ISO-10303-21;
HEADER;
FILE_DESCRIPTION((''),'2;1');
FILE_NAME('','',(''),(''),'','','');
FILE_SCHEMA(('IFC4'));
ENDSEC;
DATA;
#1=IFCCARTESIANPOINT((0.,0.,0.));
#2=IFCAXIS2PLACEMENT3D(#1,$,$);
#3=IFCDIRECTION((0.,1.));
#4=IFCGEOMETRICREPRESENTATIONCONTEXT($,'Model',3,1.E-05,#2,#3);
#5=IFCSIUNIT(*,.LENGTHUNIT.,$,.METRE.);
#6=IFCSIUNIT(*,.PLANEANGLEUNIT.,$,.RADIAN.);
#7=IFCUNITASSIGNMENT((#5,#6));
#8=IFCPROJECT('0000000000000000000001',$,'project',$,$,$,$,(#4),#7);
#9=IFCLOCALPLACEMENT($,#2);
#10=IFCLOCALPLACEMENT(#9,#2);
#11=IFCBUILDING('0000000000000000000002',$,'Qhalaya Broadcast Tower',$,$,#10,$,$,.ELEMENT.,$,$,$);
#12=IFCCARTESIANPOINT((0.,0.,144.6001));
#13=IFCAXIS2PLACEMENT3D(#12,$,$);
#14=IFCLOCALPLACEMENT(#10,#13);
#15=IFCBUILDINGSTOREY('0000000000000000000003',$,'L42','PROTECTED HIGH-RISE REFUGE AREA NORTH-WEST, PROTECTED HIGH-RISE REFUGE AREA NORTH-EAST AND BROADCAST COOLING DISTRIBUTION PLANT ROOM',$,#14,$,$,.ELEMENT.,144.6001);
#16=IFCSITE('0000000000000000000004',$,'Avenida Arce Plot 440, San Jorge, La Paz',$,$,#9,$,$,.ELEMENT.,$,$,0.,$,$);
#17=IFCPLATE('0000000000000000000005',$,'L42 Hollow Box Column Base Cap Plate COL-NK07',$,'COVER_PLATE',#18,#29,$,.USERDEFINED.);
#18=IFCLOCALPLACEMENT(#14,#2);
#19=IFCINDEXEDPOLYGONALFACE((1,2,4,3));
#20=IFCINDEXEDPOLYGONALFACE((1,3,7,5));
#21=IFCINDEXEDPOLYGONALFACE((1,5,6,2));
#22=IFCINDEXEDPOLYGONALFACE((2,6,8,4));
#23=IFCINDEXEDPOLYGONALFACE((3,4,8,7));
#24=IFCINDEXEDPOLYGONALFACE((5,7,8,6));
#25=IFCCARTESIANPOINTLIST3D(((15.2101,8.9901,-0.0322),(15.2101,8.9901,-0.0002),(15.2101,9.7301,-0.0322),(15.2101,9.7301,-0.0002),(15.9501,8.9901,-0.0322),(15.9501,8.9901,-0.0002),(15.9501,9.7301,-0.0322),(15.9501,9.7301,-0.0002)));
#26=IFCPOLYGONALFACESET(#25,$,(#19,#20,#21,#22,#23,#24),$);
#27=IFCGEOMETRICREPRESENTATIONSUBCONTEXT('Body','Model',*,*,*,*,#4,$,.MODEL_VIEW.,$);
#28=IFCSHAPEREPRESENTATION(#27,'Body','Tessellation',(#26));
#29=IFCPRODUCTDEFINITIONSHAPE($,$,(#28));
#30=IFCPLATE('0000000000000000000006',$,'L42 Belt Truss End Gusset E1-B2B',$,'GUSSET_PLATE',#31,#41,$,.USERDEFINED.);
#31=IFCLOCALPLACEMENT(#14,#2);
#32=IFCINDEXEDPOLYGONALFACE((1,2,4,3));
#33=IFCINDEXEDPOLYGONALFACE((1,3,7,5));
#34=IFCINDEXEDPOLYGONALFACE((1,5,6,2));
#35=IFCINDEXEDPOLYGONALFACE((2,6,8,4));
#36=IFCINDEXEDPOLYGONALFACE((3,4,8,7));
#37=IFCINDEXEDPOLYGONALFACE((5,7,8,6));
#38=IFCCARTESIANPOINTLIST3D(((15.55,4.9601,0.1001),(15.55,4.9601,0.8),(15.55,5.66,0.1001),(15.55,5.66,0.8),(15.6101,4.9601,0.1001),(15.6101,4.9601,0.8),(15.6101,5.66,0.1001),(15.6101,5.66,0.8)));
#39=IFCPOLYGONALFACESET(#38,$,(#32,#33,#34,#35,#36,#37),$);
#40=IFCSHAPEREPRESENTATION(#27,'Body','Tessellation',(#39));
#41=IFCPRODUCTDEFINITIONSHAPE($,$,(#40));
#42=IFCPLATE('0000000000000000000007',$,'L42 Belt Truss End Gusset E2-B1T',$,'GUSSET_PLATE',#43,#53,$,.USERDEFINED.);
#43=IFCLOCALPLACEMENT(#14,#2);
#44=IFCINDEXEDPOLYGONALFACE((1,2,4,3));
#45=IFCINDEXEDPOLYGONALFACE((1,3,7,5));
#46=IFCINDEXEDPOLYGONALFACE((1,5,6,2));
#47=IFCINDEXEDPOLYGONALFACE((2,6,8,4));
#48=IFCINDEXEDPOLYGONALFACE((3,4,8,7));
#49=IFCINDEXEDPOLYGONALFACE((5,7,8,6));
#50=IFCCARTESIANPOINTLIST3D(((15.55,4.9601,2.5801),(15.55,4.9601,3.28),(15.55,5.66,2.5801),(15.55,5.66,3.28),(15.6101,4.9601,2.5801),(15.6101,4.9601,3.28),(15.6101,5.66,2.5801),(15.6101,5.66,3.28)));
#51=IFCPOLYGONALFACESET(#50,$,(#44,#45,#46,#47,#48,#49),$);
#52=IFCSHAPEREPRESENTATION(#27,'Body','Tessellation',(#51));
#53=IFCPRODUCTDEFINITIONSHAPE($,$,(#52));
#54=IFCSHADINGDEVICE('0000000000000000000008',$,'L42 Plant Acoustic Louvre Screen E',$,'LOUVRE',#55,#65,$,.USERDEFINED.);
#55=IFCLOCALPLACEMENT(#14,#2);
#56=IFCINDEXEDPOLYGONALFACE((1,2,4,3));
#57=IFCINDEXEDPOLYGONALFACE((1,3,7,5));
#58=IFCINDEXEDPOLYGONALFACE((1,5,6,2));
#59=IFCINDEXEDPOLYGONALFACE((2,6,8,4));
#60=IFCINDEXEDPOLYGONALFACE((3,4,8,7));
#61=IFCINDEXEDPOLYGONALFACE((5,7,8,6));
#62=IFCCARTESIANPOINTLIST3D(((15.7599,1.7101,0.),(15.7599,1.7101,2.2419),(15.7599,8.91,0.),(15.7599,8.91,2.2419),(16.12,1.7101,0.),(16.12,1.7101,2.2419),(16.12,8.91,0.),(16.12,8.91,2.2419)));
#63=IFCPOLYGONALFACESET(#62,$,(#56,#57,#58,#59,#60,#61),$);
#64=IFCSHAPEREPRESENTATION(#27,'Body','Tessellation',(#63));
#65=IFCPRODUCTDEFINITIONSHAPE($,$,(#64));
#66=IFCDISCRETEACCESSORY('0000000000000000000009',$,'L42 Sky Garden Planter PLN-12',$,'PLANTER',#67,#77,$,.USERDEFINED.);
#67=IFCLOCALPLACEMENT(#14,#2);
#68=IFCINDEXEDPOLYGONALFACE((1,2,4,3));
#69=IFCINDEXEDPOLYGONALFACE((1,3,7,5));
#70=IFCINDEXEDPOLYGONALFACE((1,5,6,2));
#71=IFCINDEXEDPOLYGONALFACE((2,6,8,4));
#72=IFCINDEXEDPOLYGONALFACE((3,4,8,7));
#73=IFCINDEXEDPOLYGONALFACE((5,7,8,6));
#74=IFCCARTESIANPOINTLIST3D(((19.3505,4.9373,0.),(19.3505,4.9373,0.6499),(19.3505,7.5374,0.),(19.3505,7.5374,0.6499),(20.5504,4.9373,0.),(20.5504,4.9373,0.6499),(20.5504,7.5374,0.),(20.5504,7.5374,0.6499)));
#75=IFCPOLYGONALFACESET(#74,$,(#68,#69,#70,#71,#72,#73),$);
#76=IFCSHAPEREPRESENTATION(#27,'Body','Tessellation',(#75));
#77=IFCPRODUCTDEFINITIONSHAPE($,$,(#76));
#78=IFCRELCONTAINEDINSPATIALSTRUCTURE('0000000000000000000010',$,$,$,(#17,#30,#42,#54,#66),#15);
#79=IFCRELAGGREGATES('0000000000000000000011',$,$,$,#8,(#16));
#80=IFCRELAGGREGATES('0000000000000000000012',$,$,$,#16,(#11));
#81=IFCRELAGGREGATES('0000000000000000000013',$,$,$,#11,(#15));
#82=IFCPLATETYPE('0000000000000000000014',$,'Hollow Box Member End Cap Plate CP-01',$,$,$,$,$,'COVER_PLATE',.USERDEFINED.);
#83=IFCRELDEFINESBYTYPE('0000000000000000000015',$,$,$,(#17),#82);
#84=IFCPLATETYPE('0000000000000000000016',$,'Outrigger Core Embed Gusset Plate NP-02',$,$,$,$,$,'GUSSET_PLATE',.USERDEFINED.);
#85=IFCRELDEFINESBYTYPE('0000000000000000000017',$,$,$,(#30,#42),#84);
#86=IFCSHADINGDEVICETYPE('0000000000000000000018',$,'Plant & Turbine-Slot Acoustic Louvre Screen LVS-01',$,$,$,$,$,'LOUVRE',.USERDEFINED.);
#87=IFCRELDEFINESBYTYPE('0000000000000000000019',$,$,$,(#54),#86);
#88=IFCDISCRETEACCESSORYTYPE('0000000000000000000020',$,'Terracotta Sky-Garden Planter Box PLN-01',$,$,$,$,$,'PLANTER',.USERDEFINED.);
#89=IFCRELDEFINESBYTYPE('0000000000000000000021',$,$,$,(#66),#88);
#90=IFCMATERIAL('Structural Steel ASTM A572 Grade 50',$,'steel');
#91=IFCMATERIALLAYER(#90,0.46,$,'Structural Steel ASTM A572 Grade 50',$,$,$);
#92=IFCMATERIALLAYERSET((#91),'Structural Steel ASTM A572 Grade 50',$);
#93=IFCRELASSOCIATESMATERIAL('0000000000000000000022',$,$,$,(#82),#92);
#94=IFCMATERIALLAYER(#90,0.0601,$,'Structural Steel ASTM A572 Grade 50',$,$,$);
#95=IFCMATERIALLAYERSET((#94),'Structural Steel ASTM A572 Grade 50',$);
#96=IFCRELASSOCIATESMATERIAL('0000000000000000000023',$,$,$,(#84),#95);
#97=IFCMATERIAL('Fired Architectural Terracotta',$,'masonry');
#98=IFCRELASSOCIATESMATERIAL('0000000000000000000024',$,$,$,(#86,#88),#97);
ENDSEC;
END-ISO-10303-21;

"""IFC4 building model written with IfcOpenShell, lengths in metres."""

from ifc_helpers import new_model, si_unit, direction, frame, origin, origin_2d, place, context, subcontext, project, spatial, rectangle, extrude, material, layer, layer_set, type_object, element, save


model = new_model("IFC4")

# Units and contexts
model_context = context("Model", 3, precision=1e-05, world=origin(), true_north=direction((0.0, 1.0)))
body_context = subcontext(model_context, "Body", "Model", "MODEL_VIEW")
ifc_project = project(units=[si_unit("LENGTHUNIT", "METRE"), si_unit("PLANEANGLEUNIT", "RADIAN")], contexts=[model_context])

# Site, building, storey
site_placement = place(None, origin())
site = spatial("IfcSite", under=ifc_project, at=site_placement, Name="Avenida Arce Plot 440, San Jorge, La Paz", CompositionType="ELEMENT", RefElevation=0.0)
building_placement = place(site_placement, origin())
building = spatial("IfcBuilding", under=site, at=building_placement, Name="Qhalaya Broadcast Tower", CompositionType="ELEMENT")
storey_placement = place(building_placement, frame((0.0, 0.0, 144.6001)))
storey = spatial("IfcBuildingStorey", under=building, at=storey_placement, Name="L42", Description="PROTECTED HIGH-RISE REFUGE AREA NORTH-WEST, PROTECTED HIGH-RISE REFUGE AREA NORTH-EAST AND BROADCAST COOLING DISTRIBUTION PLANT ROOM", CompositionType="ELEMENT", Elevation=144.6001)

# Shared definitions
ifc_material_1 = material(Name="Structural Steel ASTM A572 Grade 50", Category="steel")

# Plates
ifc_layer_1 = layer(ifc_material_1, 0.46, Name="Structural Steel ASTM A572 Grade 50")
ifc_layer_set_1 = layer_set([ifc_layer_1], Name="Structural Steel ASTM A572 Grade 50")
plate_type_1 = type_object("IfcPlateType", Name="Hollow Box Member End Cap Plate CP-01", ElementType="COVER_PLATE", PredefinedType="USERDEFINED", material=ifc_layer_set_1)
plate_1_placement = place(storey_placement, frame((15.5801, 9.3601, -0.0322), z_axis=(0.0, 0.0, 1.0), x_axis=(0.0, 1.0, 0.0)))
element("IfcPlate", 1, at=plate_1_placement, inside=storey, type_object=plate_type_1, Name="L42 Hollow Box Column Base Cap Plate COL-NK07", ObjectType="COVER_PLATE", PredefinedType="USERDEFINED", context=body_context, shape_type="SweptSolid", body=[
    extrude(rectangle(XDim=0.74, YDim=0.74, at=origin_2d()), origin(), (0.0, 0.0, 1.0), 0.032),
])
ifc_layer_2 = layer(ifc_material_1, 0.0601, Name="Structural Steel ASTM A572 Grade 50")
ifc_layer_set_2 = layer_set([ifc_layer_2], Name="Structural Steel ASTM A572 Grade 50")
plate_type_2 = type_object("IfcPlateType", Name="Outrigger Core Embed Gusset Plate NP-02", ElementType="GUSSET_PLATE", PredefinedType="USERDEFINED", material=ifc_layer_set_2)
for number, where, z_axis, x_axis, name in (
    (2, (15.5801, 5.3101, 0.1001), (0.0, 0.0, 1.0), (0.0, 1.0, 0.0), "L42 Belt Truss End Gusset E1-B2B"),
    (3, (15.5801, 5.3101, 2.5801), (0.0, 0.0, 1.0), (0.0, 1.0, 0.0), "L42 Belt Truss End Gusset E2-B1T"),
):
    element("IfcPlate", number, at=place(storey_placement, frame(where, z_axis=z_axis, x_axis=x_axis)), inside=storey, type_object=plate_type_2, Name=name, ObjectType="GUSSET_PLATE", PredefinedType="USERDEFINED", context=body_context, shape_type="SweptSolid", body=[
        extrude(rectangle(XDim=0.7, YDim=0.0601, at=origin_2d()), origin(), (0.0, 0.0, 1.0), 0.7),
    ])

# Shading device
ifc_material_2 = material(Name="Fired Architectural Terracotta", Category="masonry")
shading_device_type = type_object("IfcShadingDeviceType", Name="Plant & Turbine-Slot Acoustic Louvre Screen LVS-01", ElementType="LOUVRE", PredefinedType="USERDEFINED", material=ifc_material_2)
shading_device_placement = place(storey_placement, frame((15.9399, 5.3101, 0.0), z_axis=(0.0, 0.0, 1.0), x_axis=(0.0, -1.0, 0.0)))
element("IfcShadingDevice", 4, at=shading_device_placement, inside=storey, type_object=shading_device_type, Name="L42 Plant Acoustic Louvre Screen E", ObjectType="LOUVRE", PredefinedType="USERDEFINED", context=body_context, shape_type="SweptSolid", body=[
    extrude(rectangle(XDim=7.2, YDim=0.3601, at=origin_2d()), origin(), (0.0, 0.0, 1.0), 2.2419),
])

# Discrete accessory
discrete_accessory_type = type_object("IfcDiscreteAccessoryType", Name="Terracotta Sky-Garden Planter Box PLN-01", ElementType="PLANTER", PredefinedType="USERDEFINED", material=ifc_material_2)
discrete_accessory_placement = place(storey_placement, frame((19.9504, 6.2373, 0.0), z_axis=(0.0, 0.0, 1.0), x_axis=(1.0, 0.0, 0.0)))
element("IfcDiscreteAccessory", 5, at=discrete_accessory_placement, inside=storey, type_object=discrete_accessory_type, Name="L42 Sky Garden Planter PLN-12", ObjectType="PLANTER", PredefinedType="USERDEFINED", context=body_context, shape_type="SweptSolid", body=[
    extrude(rectangle(XDim=1.2, YDim=2.6001, at=origin_2d()), origin(), (0.0, 0.0, 1.0), 0.6499),
])

save(model, "model.ifc")
